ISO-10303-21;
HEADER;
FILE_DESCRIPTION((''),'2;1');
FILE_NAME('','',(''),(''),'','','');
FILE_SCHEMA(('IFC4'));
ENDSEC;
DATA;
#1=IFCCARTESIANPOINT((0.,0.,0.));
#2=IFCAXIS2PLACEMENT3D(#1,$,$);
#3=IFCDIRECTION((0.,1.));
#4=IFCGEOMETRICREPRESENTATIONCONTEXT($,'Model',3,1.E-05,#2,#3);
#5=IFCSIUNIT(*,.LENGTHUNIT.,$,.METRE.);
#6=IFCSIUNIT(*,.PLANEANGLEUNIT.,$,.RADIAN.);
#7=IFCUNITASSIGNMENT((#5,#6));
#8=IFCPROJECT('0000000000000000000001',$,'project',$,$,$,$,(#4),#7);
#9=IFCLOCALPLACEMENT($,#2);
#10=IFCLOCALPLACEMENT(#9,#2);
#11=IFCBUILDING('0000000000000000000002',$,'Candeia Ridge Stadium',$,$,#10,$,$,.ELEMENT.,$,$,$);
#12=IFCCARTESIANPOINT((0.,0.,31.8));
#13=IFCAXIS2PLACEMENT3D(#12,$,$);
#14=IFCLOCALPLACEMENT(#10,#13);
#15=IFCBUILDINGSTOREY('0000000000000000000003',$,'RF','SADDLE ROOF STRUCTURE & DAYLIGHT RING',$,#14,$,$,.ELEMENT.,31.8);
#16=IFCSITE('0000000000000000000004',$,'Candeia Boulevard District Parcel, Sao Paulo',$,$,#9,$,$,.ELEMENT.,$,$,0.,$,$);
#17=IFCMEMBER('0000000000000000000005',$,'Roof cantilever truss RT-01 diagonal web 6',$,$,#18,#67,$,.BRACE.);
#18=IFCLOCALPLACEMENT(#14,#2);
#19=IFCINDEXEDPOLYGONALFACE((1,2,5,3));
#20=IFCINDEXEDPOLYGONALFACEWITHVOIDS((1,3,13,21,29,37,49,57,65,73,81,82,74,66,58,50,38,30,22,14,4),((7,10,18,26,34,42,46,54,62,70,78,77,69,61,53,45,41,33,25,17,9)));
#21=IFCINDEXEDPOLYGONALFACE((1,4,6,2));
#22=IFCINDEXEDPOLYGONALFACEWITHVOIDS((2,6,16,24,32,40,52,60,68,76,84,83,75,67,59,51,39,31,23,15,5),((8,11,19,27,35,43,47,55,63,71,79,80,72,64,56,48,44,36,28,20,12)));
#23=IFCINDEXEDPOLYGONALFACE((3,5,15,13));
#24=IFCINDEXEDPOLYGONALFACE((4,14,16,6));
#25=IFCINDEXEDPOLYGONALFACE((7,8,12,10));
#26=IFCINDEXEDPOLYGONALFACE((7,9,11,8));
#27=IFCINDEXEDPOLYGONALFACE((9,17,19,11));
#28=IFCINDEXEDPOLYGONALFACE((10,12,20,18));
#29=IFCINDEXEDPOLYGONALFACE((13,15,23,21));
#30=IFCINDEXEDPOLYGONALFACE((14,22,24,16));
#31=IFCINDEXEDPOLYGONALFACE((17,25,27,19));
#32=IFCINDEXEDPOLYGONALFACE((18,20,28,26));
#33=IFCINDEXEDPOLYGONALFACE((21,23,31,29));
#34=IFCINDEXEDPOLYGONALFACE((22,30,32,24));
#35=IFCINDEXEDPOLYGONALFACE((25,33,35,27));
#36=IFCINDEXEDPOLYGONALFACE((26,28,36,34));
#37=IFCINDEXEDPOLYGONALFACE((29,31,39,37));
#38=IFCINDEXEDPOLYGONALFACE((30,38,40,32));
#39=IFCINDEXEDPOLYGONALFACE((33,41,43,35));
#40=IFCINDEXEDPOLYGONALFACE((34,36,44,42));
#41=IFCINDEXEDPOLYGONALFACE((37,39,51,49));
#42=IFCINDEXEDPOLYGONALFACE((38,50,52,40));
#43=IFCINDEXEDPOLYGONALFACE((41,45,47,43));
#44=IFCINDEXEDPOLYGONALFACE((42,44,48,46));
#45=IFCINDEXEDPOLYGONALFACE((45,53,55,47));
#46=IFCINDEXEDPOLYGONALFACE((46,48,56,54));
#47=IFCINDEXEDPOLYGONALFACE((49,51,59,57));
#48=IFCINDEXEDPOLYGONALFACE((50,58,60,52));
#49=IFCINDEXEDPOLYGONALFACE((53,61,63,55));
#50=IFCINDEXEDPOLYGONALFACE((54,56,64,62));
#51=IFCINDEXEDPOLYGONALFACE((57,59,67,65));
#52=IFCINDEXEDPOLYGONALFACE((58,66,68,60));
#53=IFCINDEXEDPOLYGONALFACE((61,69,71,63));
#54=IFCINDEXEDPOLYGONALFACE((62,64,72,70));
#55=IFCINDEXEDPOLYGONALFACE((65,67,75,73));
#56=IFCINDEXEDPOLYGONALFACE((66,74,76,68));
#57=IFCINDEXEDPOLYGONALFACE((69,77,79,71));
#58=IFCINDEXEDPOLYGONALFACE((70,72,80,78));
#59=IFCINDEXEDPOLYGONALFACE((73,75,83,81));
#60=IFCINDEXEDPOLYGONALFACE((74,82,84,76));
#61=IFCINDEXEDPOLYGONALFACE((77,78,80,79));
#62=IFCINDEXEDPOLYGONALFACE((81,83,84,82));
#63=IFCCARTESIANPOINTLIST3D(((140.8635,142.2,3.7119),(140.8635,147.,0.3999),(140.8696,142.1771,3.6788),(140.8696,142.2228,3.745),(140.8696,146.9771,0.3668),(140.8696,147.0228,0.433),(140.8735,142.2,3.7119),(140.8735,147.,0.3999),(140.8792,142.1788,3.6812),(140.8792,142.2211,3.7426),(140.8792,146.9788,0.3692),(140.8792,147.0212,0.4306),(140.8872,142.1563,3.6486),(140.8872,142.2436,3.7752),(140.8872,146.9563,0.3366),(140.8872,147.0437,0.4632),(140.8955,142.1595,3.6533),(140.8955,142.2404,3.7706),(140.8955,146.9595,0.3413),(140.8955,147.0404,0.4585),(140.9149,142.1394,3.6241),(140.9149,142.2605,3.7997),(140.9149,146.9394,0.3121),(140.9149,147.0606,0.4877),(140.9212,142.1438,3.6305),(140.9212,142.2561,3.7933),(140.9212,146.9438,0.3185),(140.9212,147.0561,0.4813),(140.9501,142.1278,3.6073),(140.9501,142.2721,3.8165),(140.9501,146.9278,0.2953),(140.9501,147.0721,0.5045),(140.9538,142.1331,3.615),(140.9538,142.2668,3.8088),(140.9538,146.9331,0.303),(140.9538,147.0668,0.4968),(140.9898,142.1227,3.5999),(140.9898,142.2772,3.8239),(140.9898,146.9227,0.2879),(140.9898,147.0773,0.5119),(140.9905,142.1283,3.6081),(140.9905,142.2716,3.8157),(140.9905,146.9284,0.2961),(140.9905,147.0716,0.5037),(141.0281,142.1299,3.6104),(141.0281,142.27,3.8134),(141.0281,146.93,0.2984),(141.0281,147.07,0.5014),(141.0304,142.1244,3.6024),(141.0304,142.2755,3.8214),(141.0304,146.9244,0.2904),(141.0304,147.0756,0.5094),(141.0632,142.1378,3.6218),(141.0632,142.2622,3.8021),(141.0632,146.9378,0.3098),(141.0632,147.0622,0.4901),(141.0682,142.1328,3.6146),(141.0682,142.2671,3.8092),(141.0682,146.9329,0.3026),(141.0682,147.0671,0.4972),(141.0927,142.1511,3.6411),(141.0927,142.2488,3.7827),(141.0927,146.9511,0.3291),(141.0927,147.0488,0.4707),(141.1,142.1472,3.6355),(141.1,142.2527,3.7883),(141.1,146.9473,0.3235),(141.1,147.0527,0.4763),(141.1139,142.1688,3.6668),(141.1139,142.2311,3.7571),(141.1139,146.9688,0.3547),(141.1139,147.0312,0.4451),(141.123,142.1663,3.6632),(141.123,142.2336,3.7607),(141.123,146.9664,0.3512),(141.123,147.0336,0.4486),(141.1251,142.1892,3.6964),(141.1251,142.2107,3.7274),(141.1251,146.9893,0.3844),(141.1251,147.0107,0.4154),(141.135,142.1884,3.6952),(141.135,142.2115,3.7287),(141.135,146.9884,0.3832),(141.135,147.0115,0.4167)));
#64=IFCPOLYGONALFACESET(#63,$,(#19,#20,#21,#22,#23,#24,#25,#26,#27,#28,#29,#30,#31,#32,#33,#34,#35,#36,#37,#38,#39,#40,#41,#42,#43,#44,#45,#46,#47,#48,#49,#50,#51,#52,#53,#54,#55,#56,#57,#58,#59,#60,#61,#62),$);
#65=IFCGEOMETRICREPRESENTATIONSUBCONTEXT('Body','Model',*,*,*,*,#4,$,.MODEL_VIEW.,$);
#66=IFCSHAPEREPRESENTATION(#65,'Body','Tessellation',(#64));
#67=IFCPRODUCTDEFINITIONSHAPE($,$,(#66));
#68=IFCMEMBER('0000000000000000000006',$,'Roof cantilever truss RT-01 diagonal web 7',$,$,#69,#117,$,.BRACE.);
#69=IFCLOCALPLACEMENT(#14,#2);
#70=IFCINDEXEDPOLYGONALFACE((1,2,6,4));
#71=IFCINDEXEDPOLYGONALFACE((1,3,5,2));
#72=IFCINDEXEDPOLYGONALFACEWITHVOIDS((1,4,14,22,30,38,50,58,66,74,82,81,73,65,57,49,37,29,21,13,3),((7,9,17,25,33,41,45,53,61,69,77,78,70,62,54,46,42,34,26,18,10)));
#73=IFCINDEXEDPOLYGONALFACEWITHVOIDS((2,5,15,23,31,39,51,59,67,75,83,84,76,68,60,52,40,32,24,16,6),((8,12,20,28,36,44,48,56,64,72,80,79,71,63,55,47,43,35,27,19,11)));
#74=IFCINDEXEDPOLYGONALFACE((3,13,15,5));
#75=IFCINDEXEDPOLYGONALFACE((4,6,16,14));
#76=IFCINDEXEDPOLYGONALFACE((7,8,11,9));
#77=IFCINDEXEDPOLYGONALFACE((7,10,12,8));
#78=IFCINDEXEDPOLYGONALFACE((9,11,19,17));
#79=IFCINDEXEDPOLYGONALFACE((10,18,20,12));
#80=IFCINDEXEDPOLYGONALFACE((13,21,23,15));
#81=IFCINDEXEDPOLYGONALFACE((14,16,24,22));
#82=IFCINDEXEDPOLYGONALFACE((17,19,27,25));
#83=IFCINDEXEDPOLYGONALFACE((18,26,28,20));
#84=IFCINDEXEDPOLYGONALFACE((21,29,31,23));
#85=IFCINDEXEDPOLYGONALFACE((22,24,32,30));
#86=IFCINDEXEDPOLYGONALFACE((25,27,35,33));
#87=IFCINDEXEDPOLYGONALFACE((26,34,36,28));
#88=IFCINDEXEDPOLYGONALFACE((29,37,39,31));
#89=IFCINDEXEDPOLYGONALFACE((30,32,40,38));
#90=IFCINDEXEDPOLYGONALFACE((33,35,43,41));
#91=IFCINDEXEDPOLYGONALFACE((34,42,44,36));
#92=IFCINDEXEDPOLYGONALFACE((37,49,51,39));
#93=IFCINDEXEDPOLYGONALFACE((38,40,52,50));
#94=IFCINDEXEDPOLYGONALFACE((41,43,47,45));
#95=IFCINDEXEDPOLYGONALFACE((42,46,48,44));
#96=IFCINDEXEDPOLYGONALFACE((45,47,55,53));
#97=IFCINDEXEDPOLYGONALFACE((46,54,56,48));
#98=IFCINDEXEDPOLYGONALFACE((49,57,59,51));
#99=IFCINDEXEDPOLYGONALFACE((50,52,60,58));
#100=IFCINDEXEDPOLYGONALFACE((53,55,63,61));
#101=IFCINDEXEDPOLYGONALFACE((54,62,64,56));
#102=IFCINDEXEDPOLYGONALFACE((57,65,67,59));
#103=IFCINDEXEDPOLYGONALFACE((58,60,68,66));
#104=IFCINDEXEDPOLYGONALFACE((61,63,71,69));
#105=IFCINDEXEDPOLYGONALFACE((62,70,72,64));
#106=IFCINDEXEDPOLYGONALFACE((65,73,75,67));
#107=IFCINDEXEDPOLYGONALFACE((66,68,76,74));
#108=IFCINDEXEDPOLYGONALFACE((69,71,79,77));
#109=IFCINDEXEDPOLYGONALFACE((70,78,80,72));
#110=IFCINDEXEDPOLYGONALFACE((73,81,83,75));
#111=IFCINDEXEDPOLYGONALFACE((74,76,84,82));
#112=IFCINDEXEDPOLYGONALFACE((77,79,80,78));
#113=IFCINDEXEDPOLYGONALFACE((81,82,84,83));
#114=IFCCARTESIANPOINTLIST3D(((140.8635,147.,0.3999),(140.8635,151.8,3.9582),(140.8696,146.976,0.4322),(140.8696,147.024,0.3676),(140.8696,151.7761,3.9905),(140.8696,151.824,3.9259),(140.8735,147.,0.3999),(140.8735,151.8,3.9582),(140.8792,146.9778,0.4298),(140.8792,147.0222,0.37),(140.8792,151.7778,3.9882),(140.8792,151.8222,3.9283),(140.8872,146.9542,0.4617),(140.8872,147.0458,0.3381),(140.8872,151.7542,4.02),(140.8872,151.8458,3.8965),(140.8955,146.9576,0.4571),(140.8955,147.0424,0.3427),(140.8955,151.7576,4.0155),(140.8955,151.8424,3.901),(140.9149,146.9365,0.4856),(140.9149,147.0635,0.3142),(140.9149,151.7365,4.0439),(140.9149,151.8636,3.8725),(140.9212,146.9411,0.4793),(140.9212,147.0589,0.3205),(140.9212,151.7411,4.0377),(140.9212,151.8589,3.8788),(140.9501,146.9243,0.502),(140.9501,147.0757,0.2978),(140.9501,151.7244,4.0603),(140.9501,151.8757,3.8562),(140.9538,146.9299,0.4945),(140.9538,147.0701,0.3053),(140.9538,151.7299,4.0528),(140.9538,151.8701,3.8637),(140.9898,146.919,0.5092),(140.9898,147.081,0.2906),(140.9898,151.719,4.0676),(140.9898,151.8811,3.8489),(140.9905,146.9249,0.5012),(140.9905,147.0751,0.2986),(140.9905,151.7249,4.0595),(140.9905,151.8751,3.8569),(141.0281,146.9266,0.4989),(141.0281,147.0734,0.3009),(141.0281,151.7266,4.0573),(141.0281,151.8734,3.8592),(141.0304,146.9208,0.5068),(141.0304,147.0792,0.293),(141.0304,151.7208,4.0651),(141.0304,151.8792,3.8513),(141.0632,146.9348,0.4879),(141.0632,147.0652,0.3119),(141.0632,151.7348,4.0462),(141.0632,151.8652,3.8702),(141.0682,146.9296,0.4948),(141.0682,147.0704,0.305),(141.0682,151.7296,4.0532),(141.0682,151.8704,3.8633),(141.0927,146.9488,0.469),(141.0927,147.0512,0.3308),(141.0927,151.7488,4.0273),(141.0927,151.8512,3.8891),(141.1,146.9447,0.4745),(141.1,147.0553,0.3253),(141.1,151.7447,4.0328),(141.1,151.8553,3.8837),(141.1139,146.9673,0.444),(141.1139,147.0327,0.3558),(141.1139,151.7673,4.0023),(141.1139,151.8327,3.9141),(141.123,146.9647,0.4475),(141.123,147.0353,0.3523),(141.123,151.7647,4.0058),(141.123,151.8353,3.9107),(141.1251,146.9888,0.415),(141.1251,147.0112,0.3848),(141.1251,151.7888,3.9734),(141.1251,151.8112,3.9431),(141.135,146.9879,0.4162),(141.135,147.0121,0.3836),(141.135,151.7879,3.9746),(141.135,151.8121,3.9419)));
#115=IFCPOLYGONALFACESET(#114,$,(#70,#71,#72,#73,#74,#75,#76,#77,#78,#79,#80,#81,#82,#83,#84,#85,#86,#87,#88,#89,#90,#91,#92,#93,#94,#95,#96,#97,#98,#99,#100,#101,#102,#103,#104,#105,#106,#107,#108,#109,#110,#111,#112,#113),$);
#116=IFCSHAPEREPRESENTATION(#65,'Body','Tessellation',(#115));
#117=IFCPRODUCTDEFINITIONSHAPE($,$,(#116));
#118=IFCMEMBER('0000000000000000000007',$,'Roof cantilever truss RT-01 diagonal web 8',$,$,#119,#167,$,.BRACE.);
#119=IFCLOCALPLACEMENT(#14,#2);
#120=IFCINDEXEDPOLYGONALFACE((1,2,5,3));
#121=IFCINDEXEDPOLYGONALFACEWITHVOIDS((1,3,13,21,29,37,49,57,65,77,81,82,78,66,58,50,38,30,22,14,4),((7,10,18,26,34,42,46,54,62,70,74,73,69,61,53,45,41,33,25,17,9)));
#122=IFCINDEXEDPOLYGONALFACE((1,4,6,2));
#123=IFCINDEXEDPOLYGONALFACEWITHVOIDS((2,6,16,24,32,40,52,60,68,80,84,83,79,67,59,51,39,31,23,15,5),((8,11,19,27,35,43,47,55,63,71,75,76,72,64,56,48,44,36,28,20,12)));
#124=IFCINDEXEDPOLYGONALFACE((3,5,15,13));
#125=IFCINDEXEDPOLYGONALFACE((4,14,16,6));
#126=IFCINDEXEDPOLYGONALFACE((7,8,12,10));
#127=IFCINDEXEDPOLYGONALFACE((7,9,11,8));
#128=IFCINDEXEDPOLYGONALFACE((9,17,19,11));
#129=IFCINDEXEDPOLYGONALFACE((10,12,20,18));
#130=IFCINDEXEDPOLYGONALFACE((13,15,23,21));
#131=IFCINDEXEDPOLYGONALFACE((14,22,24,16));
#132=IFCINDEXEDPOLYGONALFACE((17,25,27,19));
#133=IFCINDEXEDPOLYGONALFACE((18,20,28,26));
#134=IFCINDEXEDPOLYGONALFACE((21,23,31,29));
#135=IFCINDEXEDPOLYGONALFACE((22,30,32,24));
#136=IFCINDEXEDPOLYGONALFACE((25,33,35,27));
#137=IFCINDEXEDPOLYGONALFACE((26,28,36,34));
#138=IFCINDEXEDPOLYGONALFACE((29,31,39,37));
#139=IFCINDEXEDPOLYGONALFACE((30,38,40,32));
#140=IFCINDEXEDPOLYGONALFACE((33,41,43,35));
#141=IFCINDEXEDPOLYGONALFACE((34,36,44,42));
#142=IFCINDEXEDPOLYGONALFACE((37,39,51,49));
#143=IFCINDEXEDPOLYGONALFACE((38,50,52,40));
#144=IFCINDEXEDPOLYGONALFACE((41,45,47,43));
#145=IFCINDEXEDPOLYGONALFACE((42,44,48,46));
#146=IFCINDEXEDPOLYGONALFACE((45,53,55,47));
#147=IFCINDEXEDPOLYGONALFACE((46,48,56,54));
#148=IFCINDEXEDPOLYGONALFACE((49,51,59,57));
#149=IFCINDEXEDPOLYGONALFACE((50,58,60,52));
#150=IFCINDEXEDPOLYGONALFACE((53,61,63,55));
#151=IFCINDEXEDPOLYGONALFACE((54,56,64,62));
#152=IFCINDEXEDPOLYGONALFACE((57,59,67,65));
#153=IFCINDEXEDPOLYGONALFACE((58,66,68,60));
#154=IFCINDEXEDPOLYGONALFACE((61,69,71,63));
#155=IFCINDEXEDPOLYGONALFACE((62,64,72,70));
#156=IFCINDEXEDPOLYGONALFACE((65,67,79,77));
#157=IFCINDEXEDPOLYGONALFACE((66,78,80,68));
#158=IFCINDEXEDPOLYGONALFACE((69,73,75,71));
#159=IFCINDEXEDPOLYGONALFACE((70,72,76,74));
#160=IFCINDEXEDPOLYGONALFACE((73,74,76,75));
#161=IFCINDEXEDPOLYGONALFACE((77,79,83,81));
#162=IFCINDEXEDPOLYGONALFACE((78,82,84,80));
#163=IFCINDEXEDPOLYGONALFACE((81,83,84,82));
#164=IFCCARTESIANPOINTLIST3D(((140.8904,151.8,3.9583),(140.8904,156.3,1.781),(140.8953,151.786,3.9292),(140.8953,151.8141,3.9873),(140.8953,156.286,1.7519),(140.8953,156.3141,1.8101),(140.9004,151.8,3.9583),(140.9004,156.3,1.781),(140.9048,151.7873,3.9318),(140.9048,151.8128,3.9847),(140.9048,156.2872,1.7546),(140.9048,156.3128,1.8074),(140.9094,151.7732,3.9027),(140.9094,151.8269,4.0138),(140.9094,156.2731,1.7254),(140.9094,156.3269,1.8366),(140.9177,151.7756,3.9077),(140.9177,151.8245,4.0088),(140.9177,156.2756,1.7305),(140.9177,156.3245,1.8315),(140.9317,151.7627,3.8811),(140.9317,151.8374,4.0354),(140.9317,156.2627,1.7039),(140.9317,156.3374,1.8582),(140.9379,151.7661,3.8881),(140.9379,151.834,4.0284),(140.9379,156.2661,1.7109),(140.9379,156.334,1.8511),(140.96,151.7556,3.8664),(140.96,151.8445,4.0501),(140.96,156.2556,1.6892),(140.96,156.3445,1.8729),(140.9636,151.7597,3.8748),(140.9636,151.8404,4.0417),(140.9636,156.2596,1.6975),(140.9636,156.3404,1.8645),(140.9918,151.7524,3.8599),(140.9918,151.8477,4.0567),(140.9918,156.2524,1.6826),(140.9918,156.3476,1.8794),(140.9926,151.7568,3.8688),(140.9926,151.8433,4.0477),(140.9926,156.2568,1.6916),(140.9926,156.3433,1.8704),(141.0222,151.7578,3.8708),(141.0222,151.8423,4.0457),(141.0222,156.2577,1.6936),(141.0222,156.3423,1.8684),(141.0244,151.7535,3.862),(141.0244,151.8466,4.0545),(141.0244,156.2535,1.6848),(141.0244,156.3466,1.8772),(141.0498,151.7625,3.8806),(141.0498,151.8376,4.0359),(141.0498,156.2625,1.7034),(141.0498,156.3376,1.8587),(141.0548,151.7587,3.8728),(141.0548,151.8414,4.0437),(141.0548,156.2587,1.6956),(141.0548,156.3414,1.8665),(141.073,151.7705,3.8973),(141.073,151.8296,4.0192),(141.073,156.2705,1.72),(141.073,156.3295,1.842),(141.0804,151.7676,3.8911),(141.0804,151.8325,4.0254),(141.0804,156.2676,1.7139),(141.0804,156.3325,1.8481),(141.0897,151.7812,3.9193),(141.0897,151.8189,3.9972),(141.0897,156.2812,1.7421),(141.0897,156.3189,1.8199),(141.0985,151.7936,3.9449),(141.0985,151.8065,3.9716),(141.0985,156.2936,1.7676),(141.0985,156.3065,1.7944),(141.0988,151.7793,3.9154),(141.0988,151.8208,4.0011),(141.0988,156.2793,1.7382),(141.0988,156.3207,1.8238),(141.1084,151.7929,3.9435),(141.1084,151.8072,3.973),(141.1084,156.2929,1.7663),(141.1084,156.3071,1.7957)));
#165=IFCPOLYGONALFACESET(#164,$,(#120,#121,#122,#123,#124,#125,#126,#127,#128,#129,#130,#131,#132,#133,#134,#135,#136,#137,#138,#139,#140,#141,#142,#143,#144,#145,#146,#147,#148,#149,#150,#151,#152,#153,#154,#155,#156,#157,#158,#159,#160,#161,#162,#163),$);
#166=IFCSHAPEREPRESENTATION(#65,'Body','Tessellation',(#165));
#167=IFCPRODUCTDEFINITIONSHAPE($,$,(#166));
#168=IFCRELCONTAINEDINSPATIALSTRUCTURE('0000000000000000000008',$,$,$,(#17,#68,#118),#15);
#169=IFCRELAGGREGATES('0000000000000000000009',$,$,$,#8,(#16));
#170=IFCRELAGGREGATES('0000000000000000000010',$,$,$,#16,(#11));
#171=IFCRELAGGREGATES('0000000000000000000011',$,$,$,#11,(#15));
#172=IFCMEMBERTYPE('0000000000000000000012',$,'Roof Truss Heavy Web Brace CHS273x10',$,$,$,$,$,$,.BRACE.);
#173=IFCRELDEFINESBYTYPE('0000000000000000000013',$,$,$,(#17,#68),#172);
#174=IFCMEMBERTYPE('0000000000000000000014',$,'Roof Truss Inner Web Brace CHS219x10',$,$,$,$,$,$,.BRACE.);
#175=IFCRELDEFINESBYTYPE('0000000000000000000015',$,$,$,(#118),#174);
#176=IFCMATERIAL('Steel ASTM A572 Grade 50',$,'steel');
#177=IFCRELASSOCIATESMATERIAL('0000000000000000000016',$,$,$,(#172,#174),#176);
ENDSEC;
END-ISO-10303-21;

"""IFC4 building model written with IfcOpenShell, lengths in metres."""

from ifc_helpers import new_model, si_unit, direction, frame, origin, origin_2d, place, context, subcontext, project, spatial, hollow_circle, extrude, material, material_profile, profile_set, type_object, element, save


model = new_model("IFC4")

# Units and contexts
model_context = context("Model", 3, precision=1e-05, world=origin(), true_north=direction((0.0, 1.0)))
body_context = subcontext(model_context, "Body", "Model", "MODEL_VIEW")
ifc_project = project(units=[si_unit("LENGTHUNIT", "METRE"), si_unit("PLANEANGLEUNIT", "RADIAN")], contexts=[model_context])

# Site, building, storey
site_placement = place(None, origin())
site = spatial("IfcSite", under=ifc_project, at=site_placement, Name="Candeia Boulevard District Parcel, Sao Paulo", CompositionType="ELEMENT", RefElevation=0.0)
building_placement = place(site_placement, origin())
building = spatial("IfcBuilding", under=site, at=building_placement, Name="Candeia Ridge Stadium", CompositionType="ELEMENT")
storey_placement = place(building_placement, frame((0.0, 0.0, 31.8)))
storey = spatial("IfcBuildingStorey", under=building, at=storey_placement, Name="RF", Description="SADDLE ROOF STRUCTURE & DAYLIGHT RING", CompositionType="ELEMENT", Elevation=31.8)

# Shared definitions
ifc_material_1 = material(Name="Steel ASTM A572 Grade 50", Category="steel")

# Members
ifc_material_profile_1 = material_profile(ifc_material_1, hollow_circle(Radius=0.1365, WallThickness=0.01, at=origin_2d()), Name="CHS273x10", Category="steel")
ifc_profile_set_1 = profile_set([ifc_material_profile_1], Name="Steel ASTM A572 Grade 50")
member_type_1 = type_object("IfcMemberType", Name="Roof Truss Heavy Web Brace CHS273x10", PredefinedType="BRACE", material=ifc_profile_set_1)
member_1_placement = place(storey_placement, frame((141.0, 142.2, 3.7119), z_axis=(0.0, 0.823082, -0.567923), x_axis=(-1.0, 0.0, 0.0)))
element("IfcMember", 1, at=member_1_placement, inside=storey, type_object=member_type_1, Name="Roof cantilever truss RT-01 diagonal web 6", PredefinedType="BRACE", context=body_context, shape_type="SweptSolid", body=[
    extrude(hollow_circle(Radius=0.1365, WallThickness=0.01, at=origin_2d()), origin(), (0.0, 0.0, 1.0), 5.8318),
])
member_2_placement = place(storey_placement, frame((141.0, 147.0, 0.3999), z_axis=(0.0, 0.803336, 0.595526), x_axis=(-1.0, 0.0, 0.0)))
element("IfcMember", 2, at=member_2_placement, inside=storey, type_object=member_type_1, Name="Roof cantilever truss RT-01 diagonal web 7", PredefinedType="BRACE", context=body_context, shape_type="SweptSolid", body=[
    extrude(hollow_circle(Radius=0.1365, WallThickness=0.01, at=origin_2d()), origin(), (0.0, 0.0, 1.0), 5.9751),
])
ifc_material_profile_2 = material_profile(ifc_material_1, hollow_circle(Radius=0.1096, WallThickness=0.01, at=origin_2d()), Name="CHS219x10", Category="steel")
ifc_profile_set_2 = profile_set([ifc_material_profile_2], Name="Steel ASTM A572 Grade 50")
member_type_2 = type_object("IfcMemberType", Name="Roof Truss Inner Web Brace CHS219x10", PredefinedType="BRACE", material=ifc_profile_set_2)
member_3_placement = place(storey_placement, frame((141.0, 151.8, 3.9583), z_axis=(0.0, 0.900173, -0.435533), x_axis=(-1.0, 0.0, 0.0)))
element("IfcMember", 3, at=member_3_placement, inside=storey, type_object=member_type_2, Name="Roof cantilever truss RT-01 diagonal web 8", PredefinedType="BRACE", context=body_context, shape_type="SweptSolid", body=[
    extrude(hollow_circle(Radius=0.1096, WallThickness=0.01, at=origin_2d()), origin(), (0.0, 0.0, 1.0), 4.999),
])

save(model, "model.ifc")
